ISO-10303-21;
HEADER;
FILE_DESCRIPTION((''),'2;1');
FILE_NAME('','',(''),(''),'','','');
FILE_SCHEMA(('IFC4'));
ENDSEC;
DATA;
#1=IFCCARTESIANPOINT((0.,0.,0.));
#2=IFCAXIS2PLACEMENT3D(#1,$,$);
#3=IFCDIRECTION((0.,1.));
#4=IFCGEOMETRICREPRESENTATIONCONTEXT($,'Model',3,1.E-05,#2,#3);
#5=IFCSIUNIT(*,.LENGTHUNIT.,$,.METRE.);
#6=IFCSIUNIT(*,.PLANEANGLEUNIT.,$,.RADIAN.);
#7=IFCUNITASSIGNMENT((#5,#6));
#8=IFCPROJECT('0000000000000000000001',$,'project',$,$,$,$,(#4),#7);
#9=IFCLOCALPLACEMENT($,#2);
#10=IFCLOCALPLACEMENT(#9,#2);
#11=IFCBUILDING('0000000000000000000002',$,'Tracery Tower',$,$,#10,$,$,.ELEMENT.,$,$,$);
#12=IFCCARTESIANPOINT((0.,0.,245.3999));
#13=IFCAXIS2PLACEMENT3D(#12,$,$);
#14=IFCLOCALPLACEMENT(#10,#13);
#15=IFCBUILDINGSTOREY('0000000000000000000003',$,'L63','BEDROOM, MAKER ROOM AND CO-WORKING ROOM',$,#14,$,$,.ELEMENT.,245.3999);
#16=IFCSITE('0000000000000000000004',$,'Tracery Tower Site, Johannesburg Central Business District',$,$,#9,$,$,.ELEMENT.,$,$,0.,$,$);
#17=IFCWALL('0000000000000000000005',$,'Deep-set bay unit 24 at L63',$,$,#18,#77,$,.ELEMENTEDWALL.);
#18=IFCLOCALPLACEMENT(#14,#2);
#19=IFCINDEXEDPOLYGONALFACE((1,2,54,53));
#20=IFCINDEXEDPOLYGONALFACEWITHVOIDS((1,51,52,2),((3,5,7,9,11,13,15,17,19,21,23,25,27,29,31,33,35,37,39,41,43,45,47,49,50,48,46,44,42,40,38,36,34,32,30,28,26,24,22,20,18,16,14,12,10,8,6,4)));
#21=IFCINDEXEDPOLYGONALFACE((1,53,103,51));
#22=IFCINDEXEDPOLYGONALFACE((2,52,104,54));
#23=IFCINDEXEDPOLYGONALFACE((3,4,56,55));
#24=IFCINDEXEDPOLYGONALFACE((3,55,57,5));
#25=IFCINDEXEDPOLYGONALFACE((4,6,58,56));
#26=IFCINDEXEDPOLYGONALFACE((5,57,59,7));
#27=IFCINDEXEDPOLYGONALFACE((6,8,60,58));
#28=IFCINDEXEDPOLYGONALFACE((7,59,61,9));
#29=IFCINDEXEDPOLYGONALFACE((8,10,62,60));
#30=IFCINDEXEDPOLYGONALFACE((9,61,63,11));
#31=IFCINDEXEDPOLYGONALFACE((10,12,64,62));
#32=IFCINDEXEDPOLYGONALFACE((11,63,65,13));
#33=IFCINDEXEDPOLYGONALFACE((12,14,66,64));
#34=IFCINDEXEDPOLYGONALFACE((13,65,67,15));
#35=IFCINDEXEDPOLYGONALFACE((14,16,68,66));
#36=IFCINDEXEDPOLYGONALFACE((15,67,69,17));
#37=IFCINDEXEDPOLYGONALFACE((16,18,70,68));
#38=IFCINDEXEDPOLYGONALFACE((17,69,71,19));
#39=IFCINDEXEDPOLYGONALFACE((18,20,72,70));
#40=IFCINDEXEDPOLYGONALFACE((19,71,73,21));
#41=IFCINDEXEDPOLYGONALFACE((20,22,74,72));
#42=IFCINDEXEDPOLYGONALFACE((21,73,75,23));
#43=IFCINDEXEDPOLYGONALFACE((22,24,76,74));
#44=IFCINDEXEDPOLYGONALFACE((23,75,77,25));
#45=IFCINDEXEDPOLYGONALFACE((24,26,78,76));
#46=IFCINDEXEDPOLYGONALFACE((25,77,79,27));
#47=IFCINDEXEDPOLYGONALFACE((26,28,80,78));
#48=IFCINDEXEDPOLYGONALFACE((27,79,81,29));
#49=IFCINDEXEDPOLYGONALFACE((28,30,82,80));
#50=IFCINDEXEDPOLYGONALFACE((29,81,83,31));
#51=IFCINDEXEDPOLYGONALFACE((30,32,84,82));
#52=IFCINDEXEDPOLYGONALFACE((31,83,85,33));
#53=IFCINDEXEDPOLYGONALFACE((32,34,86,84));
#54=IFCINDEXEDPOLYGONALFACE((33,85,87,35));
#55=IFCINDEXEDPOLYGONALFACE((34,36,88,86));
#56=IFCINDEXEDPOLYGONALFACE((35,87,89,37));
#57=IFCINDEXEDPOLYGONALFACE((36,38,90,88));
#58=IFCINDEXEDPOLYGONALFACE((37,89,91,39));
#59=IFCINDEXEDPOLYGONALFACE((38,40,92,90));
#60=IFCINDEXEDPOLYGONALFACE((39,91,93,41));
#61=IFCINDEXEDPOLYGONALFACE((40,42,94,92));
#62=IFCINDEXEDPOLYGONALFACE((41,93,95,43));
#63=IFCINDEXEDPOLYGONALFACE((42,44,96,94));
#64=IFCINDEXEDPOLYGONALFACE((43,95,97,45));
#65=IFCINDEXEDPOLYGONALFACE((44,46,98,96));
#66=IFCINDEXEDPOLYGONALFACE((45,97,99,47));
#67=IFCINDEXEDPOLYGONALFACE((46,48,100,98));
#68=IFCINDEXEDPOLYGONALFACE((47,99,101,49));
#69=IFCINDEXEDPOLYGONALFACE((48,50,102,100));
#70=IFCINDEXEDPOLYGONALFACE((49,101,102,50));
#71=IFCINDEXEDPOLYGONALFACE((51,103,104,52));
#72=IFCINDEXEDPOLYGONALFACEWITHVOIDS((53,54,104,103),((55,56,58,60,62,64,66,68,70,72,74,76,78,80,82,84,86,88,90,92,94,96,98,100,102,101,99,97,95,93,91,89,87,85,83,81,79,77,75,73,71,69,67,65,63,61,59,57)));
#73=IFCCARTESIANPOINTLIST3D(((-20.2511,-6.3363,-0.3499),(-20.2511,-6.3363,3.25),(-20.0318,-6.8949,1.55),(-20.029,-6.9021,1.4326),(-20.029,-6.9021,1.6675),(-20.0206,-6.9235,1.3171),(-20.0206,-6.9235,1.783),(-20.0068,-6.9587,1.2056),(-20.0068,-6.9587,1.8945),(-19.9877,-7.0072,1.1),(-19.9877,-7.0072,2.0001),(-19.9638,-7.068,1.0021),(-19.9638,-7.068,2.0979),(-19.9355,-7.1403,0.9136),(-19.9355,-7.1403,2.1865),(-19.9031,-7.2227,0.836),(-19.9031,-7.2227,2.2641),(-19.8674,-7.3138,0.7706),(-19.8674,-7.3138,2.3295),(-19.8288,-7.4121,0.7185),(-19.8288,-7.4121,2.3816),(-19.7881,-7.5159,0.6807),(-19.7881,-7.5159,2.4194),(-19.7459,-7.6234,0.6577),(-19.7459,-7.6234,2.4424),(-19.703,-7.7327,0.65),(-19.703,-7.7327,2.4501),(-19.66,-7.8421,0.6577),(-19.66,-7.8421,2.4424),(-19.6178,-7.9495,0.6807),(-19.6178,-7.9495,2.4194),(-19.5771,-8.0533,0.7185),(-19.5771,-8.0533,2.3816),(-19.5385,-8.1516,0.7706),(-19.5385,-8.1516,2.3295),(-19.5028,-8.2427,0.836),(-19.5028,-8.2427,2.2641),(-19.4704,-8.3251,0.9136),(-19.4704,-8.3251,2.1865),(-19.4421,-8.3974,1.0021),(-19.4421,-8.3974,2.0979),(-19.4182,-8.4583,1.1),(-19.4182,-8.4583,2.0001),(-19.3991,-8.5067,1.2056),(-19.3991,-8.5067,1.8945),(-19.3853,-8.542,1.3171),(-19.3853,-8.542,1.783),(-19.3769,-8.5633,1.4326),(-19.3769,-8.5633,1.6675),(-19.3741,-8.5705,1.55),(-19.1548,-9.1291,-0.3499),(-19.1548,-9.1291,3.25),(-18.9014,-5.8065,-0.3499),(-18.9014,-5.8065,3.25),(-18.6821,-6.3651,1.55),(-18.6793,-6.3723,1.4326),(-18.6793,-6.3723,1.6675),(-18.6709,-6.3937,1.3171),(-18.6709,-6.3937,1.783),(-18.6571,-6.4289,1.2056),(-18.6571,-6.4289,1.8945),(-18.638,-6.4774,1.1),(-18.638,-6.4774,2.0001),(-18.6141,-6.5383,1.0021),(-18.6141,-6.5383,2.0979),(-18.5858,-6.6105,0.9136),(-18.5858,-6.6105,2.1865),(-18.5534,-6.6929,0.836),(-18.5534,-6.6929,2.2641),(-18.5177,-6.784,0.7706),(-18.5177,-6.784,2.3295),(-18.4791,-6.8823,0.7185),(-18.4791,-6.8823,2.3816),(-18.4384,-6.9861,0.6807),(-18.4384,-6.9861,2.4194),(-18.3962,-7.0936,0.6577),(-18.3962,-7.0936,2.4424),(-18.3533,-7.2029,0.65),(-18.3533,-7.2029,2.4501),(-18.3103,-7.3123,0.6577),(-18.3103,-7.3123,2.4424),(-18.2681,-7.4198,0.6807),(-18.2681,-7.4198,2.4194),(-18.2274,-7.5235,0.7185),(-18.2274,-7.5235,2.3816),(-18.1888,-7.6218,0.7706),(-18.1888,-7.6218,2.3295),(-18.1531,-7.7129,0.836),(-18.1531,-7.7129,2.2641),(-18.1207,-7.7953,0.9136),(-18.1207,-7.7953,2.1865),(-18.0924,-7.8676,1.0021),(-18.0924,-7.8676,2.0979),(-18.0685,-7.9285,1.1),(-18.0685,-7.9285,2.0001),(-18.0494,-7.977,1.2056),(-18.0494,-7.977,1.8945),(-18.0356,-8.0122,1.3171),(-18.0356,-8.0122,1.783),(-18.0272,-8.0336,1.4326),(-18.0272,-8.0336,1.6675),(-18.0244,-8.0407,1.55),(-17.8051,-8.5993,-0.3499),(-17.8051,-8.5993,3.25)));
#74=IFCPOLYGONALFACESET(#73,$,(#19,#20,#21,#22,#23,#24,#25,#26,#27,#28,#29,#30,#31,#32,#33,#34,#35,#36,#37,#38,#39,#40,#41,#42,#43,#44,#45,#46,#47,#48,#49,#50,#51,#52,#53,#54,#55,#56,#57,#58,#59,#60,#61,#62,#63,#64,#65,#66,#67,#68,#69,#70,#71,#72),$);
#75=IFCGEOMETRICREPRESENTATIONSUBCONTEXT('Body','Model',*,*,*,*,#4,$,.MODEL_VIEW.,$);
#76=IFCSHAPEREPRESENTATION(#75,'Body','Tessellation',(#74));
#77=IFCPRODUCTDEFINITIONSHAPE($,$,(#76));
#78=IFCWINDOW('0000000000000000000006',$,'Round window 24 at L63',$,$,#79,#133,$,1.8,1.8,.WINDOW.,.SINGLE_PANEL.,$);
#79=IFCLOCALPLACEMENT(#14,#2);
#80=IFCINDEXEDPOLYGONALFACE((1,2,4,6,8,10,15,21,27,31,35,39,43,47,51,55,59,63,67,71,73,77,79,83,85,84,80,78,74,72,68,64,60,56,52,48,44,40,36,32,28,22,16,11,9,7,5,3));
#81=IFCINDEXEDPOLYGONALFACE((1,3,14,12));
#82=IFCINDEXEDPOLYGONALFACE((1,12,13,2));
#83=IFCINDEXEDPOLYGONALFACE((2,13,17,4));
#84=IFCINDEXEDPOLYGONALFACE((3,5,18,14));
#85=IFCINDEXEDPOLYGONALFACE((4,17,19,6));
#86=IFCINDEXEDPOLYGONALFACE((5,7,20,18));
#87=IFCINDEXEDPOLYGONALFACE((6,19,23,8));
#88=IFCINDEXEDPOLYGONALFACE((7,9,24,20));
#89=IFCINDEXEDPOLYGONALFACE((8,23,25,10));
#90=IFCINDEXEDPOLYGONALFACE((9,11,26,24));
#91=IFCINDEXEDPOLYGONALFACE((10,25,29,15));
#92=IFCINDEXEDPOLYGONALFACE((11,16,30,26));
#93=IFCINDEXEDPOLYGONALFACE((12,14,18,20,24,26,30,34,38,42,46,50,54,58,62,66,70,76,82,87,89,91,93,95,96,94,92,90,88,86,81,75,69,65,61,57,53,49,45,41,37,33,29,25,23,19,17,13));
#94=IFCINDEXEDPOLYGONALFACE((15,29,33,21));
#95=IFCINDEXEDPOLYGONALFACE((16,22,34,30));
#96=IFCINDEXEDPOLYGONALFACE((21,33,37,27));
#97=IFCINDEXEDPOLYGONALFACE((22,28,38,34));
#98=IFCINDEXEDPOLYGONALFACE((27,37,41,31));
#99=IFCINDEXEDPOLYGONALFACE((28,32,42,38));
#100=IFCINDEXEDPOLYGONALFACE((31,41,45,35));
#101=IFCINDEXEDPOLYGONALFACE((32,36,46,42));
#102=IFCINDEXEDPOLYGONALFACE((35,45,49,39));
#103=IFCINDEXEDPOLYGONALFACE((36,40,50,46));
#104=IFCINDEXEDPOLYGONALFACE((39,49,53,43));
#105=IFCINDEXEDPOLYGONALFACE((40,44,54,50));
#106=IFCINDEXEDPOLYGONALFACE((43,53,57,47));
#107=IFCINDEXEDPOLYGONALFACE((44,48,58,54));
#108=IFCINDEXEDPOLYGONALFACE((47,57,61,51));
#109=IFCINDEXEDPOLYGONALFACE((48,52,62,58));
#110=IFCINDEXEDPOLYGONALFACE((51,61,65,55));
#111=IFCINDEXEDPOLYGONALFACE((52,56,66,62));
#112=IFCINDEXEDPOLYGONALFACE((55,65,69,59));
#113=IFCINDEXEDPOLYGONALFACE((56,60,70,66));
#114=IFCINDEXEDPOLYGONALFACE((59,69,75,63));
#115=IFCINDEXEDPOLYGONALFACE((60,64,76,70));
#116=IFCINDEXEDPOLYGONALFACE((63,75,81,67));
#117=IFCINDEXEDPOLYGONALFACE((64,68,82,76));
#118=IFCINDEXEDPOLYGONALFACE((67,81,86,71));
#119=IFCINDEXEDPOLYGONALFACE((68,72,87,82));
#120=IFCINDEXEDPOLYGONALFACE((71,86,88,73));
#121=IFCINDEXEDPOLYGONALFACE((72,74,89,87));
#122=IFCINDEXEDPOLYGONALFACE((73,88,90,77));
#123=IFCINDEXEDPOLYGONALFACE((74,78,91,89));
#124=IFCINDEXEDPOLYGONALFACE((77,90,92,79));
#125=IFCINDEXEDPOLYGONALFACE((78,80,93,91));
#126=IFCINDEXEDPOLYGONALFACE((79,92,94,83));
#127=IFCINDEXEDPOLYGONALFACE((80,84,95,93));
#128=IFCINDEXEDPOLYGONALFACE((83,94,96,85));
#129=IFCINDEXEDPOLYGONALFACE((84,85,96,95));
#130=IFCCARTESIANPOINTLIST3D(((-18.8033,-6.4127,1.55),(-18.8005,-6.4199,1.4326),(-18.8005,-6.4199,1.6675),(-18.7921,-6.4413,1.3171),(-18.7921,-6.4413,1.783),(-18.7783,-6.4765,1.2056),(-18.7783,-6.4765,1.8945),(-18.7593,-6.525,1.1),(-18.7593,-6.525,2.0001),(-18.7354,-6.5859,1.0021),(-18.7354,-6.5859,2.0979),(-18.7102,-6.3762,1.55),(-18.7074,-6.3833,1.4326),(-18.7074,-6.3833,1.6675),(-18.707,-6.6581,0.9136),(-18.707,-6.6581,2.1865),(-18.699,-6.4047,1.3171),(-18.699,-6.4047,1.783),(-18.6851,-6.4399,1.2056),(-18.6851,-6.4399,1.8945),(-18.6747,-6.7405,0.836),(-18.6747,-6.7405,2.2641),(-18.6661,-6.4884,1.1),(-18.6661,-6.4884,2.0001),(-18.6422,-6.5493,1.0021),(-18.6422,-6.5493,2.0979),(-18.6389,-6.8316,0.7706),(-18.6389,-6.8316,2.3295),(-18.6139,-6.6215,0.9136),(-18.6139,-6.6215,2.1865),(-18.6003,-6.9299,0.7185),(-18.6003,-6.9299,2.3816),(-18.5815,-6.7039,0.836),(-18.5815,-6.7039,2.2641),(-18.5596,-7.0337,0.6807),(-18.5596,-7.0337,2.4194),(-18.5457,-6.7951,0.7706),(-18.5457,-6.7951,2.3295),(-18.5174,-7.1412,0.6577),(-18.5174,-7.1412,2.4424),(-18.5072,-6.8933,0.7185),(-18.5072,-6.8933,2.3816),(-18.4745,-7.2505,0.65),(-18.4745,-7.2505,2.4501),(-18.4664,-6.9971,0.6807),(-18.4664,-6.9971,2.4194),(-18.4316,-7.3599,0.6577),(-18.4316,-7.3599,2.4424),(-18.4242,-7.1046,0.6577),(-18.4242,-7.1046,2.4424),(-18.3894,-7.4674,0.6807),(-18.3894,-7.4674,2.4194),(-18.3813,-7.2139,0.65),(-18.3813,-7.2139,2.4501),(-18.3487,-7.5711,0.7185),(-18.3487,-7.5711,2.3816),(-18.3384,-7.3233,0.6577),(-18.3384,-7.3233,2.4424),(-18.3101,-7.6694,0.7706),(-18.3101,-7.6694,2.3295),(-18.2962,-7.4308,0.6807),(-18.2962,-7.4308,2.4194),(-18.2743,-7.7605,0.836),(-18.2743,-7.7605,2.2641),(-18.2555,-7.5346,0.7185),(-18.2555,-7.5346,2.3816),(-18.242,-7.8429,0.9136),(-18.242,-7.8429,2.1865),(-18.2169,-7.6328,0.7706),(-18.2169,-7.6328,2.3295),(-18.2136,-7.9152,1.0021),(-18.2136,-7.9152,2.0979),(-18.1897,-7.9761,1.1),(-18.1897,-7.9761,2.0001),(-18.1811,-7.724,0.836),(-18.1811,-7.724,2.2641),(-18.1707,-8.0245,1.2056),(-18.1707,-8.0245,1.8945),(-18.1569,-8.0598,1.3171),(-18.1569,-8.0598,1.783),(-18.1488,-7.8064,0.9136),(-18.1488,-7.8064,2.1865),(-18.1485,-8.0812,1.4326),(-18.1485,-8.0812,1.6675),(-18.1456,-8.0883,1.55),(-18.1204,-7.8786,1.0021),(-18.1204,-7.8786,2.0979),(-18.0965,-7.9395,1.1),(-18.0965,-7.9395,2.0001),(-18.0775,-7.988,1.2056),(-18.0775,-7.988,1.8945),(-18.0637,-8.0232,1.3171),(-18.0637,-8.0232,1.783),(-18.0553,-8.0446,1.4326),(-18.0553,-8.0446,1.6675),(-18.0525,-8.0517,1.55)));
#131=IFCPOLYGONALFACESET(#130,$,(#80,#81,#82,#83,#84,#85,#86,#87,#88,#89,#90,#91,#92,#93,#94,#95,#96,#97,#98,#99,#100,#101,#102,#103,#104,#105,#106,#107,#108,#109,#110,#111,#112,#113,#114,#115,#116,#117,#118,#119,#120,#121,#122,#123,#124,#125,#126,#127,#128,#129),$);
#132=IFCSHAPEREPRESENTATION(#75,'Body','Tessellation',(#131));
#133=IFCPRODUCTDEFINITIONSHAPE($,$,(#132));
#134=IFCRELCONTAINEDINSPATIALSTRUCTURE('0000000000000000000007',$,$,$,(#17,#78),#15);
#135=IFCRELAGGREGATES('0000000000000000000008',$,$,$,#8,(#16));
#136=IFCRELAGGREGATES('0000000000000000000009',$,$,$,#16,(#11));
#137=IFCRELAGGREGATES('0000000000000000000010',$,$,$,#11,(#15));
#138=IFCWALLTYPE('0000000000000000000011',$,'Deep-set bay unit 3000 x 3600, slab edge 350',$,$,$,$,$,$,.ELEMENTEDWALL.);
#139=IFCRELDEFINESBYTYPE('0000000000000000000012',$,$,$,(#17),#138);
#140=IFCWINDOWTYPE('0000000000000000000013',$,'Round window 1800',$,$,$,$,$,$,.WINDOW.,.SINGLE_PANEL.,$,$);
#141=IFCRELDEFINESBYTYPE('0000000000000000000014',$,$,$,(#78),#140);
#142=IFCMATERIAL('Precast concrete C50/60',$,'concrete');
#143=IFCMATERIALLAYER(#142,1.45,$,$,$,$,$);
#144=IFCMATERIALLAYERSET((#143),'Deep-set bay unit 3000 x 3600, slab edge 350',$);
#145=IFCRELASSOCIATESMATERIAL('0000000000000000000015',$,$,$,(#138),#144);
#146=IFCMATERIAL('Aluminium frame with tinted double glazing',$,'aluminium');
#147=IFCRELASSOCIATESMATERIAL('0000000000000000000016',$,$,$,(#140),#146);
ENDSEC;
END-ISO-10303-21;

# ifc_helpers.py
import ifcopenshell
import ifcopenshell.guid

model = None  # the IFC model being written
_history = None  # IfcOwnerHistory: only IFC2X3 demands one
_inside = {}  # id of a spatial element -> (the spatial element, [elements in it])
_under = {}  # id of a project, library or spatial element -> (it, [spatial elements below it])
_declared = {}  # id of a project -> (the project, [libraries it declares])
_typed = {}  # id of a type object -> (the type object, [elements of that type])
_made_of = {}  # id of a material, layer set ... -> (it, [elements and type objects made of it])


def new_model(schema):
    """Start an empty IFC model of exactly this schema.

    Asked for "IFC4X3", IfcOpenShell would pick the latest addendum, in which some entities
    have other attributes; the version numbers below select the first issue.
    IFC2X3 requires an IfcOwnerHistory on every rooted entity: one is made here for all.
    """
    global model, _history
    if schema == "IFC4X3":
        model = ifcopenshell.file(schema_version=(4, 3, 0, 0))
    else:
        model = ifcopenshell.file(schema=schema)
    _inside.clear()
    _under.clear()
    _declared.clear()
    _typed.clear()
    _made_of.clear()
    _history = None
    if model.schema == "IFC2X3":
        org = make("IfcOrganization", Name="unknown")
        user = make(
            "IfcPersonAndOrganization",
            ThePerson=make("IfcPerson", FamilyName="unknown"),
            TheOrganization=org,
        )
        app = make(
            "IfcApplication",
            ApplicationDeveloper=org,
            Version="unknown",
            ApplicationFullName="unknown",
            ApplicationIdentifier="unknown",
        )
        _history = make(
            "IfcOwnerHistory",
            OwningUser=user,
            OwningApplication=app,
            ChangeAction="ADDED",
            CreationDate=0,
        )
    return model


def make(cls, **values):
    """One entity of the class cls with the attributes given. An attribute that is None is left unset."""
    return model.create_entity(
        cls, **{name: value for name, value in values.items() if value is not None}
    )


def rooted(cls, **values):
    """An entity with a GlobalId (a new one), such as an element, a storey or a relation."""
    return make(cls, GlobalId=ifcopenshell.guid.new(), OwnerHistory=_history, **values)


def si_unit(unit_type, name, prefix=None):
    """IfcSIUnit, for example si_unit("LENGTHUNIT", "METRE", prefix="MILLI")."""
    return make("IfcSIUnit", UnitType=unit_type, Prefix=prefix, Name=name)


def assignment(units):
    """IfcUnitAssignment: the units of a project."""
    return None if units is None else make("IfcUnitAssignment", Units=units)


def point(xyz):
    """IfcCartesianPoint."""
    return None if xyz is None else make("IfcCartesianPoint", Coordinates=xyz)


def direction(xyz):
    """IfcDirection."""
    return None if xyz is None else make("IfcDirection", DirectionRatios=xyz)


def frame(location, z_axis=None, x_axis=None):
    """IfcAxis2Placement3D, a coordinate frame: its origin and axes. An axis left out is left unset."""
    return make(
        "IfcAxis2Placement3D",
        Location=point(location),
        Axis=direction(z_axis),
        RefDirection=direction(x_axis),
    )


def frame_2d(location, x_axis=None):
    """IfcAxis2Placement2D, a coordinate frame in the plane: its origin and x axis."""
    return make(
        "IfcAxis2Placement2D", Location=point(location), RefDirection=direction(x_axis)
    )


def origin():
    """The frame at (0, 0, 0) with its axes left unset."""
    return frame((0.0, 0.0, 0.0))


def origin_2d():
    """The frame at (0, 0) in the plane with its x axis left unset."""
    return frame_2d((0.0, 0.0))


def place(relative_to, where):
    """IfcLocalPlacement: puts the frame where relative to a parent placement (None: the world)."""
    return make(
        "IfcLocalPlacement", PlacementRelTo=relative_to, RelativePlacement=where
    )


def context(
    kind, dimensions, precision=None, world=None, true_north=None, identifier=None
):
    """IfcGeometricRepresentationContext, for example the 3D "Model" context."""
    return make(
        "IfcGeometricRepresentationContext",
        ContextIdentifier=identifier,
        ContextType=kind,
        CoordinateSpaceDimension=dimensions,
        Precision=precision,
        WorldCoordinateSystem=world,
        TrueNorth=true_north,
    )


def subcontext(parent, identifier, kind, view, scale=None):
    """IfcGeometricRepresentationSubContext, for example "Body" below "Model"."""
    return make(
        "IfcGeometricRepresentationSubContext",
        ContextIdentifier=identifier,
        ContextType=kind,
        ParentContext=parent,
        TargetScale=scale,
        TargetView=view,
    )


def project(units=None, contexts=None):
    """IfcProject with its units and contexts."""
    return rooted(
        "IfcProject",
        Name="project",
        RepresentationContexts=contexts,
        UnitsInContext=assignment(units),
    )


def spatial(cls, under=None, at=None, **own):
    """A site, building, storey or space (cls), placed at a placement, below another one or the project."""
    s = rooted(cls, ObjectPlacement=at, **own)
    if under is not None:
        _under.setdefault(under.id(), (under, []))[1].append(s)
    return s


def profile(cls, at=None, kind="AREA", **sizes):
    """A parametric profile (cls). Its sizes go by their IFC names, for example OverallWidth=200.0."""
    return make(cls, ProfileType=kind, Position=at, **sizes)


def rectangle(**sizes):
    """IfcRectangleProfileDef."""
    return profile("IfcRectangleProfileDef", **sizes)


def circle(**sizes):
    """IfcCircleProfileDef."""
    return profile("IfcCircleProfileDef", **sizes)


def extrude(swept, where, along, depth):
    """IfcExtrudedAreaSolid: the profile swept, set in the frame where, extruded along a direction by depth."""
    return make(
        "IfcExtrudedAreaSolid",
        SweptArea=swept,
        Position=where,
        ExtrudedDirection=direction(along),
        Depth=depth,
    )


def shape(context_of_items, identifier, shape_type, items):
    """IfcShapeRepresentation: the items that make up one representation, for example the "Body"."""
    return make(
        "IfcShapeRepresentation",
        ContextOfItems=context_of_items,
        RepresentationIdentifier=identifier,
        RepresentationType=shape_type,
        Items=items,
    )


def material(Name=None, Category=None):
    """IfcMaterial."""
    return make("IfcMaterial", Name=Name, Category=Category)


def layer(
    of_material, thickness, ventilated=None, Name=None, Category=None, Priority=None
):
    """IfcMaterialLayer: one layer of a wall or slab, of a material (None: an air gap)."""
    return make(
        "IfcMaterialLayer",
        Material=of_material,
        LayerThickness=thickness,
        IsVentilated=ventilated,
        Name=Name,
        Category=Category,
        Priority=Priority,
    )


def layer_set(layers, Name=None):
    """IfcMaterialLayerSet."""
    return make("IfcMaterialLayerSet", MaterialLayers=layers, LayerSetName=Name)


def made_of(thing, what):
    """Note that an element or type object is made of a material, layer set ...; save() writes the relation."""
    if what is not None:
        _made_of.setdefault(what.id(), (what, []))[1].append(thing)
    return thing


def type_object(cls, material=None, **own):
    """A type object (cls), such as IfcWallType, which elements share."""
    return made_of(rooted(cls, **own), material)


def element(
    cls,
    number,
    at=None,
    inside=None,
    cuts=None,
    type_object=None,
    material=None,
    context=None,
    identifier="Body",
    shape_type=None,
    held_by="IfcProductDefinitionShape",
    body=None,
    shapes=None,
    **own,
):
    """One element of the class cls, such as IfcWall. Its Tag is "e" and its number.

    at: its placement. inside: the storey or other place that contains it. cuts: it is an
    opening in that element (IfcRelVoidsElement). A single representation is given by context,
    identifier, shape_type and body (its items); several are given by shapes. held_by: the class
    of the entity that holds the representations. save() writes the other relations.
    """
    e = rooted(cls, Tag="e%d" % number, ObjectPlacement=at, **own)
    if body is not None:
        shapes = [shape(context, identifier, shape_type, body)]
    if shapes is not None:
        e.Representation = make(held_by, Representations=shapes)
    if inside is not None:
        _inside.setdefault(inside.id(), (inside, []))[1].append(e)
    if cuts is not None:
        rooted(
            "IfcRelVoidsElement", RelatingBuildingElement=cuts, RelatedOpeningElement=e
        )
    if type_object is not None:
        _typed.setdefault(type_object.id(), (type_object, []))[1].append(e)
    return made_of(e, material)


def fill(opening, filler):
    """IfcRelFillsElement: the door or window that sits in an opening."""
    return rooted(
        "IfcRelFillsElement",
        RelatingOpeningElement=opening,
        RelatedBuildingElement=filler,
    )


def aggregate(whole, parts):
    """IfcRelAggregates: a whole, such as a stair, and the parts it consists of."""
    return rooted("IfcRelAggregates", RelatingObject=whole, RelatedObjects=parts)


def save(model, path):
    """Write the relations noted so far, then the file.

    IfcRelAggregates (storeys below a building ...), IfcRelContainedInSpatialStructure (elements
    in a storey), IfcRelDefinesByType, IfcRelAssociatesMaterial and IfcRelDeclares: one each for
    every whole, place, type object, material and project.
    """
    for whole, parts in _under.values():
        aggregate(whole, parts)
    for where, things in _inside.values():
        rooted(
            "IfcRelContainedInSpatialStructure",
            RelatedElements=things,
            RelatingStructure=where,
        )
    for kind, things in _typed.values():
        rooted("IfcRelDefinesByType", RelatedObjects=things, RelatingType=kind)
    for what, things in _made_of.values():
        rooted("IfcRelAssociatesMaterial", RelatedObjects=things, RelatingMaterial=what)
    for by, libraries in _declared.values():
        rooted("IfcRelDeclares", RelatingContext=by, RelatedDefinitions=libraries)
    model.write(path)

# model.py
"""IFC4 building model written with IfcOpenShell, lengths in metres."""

from ifc_helpers import new_model, si_unit, direction, frame, frame_2d, origin, origin_2d, place, context, subcontext, project, spatial, rectangle, circle, extrude, material, layer, layer_set, type_object, element, fill, save


model = new_model("IFC4")

# Units and contexts
model_context = context("Model", 3, precision=1e-05, world=origin(), true_north=direction((0.0, 1.0)))
body_context = subcontext(model_context, "Body", "Model", "MODEL_VIEW")
ifc_project = project(units=[si_unit("LENGTHUNIT", "METRE"), si_unit("PLANEANGLEUNIT", "RADIAN")], contexts=[model_context])

# Site, building, storey
site_placement = place(None, origin())
site = spatial("IfcSite", under=ifc_project, at=site_placement, Name="Tracery Tower Site, Johannesburg Central Business District", CompositionType="ELEMENT", RefElevation=0.0)
building_placement = place(site_placement, origin())
building = spatial("IfcBuilding", under=site, at=building_placement, Name="Tracery Tower", CompositionType="ELEMENT")
storey_placement = place(building_placement, frame((0.0, 0.0, 245.3999)))
storey = spatial("IfcBuildingStorey", under=building, at=storey_placement, Name="L63", Description="BEDROOM, MAKER ROOM AND CO-WORKING ROOM", CompositionType="ELEMENT", Elevation=245.3999)

# Wall, opening, window
ifc_material_1 = material(Name="Precast concrete C50/60", Category="concrete")
ifc_layer_1 = layer(ifc_material_1, 1.45)
ifc_layer_set_1 = layer_set([ifc_layer_1], Name="Deep-set bay unit 3000 x 3600, slab edge 350")
wall_type_1 = type_object("IfcWallType", Name="Deep-set bay unit 3000 x 3600, slab edge 350", PredefinedType="ELEMENTEDWALL", material=ifc_layer_set_1)
wall_1_placement = place(storey_placement, frame((-19.5762, -6.0715, -0.3499), z_axis=(0.0, 0.0, 1.0), x_axis=(0.365378, -0.930859, 0.0)))
wall_1 = element("IfcWall", 1, at=wall_1_placement, inside=storey, type_object=wall_type_1, Name="Deep-set bay unit 24 at L63", PredefinedType="ELEMENTEDWALL", context=body_context, shape_type="SweptSolid", body=[
    extrude(rectangle(XDim=3.0002, YDim=1.45, at=frame_2d((1.5, 0.0))), origin(), (0.0, 0.0, 1.0), 3.5999),
])
opening_1_placement = place(wall_1_placement, frame((1.5, 0.0, 1.8999)))
opening_1 = element("IfcOpeningElement", 2, at=opening_1_placement, cuts=wall_1, PredefinedType="OPENING", context=body_context, shape_type="SweptSolid", body=[
    extrude(circle(Radius=0.9, at=origin_2d()), frame((0.0, 0.7349, 0.0), z_axis=(0.0, -1.0, 0.0), x_axis=(1.0, 0.0, 0.0)), (0.0, 0.0, 1.0), 1.47),
])
ifc_material_2 = material(Name="Aluminium frame with tinted double glazing", Category="aluminium")
window_type = type_object("IfcWindowType", Name="Round window 1800", PartitioningType="SINGLE_PANEL", PredefinedType="WINDOW", material=ifc_material_2)
window_1_placement = place(opening_1_placement, origin())
window_1 = element("IfcWindow", 3, at=window_1_placement, inside=storey, type_object=window_type, Name="Round window 24 at L63", OverallHeight=1.8, OverallWidth=1.8, PartitioningType="SINGLE_PANEL", PredefinedType="WINDOW", context=body_context, shape_type="SweptSolid", body=[
    extrude(circle(Radius=0.9, at=origin_2d()), frame((0.0, 0.6948, 0.0), z_axis=(0.0, -1.0, 0.0), x_axis=(1.0, 0.0, 0.0)), (0.0, 0.0, 1.0), 0.1001),
])
fill(opening_1, window_1)

save(model, "model.ifc")
